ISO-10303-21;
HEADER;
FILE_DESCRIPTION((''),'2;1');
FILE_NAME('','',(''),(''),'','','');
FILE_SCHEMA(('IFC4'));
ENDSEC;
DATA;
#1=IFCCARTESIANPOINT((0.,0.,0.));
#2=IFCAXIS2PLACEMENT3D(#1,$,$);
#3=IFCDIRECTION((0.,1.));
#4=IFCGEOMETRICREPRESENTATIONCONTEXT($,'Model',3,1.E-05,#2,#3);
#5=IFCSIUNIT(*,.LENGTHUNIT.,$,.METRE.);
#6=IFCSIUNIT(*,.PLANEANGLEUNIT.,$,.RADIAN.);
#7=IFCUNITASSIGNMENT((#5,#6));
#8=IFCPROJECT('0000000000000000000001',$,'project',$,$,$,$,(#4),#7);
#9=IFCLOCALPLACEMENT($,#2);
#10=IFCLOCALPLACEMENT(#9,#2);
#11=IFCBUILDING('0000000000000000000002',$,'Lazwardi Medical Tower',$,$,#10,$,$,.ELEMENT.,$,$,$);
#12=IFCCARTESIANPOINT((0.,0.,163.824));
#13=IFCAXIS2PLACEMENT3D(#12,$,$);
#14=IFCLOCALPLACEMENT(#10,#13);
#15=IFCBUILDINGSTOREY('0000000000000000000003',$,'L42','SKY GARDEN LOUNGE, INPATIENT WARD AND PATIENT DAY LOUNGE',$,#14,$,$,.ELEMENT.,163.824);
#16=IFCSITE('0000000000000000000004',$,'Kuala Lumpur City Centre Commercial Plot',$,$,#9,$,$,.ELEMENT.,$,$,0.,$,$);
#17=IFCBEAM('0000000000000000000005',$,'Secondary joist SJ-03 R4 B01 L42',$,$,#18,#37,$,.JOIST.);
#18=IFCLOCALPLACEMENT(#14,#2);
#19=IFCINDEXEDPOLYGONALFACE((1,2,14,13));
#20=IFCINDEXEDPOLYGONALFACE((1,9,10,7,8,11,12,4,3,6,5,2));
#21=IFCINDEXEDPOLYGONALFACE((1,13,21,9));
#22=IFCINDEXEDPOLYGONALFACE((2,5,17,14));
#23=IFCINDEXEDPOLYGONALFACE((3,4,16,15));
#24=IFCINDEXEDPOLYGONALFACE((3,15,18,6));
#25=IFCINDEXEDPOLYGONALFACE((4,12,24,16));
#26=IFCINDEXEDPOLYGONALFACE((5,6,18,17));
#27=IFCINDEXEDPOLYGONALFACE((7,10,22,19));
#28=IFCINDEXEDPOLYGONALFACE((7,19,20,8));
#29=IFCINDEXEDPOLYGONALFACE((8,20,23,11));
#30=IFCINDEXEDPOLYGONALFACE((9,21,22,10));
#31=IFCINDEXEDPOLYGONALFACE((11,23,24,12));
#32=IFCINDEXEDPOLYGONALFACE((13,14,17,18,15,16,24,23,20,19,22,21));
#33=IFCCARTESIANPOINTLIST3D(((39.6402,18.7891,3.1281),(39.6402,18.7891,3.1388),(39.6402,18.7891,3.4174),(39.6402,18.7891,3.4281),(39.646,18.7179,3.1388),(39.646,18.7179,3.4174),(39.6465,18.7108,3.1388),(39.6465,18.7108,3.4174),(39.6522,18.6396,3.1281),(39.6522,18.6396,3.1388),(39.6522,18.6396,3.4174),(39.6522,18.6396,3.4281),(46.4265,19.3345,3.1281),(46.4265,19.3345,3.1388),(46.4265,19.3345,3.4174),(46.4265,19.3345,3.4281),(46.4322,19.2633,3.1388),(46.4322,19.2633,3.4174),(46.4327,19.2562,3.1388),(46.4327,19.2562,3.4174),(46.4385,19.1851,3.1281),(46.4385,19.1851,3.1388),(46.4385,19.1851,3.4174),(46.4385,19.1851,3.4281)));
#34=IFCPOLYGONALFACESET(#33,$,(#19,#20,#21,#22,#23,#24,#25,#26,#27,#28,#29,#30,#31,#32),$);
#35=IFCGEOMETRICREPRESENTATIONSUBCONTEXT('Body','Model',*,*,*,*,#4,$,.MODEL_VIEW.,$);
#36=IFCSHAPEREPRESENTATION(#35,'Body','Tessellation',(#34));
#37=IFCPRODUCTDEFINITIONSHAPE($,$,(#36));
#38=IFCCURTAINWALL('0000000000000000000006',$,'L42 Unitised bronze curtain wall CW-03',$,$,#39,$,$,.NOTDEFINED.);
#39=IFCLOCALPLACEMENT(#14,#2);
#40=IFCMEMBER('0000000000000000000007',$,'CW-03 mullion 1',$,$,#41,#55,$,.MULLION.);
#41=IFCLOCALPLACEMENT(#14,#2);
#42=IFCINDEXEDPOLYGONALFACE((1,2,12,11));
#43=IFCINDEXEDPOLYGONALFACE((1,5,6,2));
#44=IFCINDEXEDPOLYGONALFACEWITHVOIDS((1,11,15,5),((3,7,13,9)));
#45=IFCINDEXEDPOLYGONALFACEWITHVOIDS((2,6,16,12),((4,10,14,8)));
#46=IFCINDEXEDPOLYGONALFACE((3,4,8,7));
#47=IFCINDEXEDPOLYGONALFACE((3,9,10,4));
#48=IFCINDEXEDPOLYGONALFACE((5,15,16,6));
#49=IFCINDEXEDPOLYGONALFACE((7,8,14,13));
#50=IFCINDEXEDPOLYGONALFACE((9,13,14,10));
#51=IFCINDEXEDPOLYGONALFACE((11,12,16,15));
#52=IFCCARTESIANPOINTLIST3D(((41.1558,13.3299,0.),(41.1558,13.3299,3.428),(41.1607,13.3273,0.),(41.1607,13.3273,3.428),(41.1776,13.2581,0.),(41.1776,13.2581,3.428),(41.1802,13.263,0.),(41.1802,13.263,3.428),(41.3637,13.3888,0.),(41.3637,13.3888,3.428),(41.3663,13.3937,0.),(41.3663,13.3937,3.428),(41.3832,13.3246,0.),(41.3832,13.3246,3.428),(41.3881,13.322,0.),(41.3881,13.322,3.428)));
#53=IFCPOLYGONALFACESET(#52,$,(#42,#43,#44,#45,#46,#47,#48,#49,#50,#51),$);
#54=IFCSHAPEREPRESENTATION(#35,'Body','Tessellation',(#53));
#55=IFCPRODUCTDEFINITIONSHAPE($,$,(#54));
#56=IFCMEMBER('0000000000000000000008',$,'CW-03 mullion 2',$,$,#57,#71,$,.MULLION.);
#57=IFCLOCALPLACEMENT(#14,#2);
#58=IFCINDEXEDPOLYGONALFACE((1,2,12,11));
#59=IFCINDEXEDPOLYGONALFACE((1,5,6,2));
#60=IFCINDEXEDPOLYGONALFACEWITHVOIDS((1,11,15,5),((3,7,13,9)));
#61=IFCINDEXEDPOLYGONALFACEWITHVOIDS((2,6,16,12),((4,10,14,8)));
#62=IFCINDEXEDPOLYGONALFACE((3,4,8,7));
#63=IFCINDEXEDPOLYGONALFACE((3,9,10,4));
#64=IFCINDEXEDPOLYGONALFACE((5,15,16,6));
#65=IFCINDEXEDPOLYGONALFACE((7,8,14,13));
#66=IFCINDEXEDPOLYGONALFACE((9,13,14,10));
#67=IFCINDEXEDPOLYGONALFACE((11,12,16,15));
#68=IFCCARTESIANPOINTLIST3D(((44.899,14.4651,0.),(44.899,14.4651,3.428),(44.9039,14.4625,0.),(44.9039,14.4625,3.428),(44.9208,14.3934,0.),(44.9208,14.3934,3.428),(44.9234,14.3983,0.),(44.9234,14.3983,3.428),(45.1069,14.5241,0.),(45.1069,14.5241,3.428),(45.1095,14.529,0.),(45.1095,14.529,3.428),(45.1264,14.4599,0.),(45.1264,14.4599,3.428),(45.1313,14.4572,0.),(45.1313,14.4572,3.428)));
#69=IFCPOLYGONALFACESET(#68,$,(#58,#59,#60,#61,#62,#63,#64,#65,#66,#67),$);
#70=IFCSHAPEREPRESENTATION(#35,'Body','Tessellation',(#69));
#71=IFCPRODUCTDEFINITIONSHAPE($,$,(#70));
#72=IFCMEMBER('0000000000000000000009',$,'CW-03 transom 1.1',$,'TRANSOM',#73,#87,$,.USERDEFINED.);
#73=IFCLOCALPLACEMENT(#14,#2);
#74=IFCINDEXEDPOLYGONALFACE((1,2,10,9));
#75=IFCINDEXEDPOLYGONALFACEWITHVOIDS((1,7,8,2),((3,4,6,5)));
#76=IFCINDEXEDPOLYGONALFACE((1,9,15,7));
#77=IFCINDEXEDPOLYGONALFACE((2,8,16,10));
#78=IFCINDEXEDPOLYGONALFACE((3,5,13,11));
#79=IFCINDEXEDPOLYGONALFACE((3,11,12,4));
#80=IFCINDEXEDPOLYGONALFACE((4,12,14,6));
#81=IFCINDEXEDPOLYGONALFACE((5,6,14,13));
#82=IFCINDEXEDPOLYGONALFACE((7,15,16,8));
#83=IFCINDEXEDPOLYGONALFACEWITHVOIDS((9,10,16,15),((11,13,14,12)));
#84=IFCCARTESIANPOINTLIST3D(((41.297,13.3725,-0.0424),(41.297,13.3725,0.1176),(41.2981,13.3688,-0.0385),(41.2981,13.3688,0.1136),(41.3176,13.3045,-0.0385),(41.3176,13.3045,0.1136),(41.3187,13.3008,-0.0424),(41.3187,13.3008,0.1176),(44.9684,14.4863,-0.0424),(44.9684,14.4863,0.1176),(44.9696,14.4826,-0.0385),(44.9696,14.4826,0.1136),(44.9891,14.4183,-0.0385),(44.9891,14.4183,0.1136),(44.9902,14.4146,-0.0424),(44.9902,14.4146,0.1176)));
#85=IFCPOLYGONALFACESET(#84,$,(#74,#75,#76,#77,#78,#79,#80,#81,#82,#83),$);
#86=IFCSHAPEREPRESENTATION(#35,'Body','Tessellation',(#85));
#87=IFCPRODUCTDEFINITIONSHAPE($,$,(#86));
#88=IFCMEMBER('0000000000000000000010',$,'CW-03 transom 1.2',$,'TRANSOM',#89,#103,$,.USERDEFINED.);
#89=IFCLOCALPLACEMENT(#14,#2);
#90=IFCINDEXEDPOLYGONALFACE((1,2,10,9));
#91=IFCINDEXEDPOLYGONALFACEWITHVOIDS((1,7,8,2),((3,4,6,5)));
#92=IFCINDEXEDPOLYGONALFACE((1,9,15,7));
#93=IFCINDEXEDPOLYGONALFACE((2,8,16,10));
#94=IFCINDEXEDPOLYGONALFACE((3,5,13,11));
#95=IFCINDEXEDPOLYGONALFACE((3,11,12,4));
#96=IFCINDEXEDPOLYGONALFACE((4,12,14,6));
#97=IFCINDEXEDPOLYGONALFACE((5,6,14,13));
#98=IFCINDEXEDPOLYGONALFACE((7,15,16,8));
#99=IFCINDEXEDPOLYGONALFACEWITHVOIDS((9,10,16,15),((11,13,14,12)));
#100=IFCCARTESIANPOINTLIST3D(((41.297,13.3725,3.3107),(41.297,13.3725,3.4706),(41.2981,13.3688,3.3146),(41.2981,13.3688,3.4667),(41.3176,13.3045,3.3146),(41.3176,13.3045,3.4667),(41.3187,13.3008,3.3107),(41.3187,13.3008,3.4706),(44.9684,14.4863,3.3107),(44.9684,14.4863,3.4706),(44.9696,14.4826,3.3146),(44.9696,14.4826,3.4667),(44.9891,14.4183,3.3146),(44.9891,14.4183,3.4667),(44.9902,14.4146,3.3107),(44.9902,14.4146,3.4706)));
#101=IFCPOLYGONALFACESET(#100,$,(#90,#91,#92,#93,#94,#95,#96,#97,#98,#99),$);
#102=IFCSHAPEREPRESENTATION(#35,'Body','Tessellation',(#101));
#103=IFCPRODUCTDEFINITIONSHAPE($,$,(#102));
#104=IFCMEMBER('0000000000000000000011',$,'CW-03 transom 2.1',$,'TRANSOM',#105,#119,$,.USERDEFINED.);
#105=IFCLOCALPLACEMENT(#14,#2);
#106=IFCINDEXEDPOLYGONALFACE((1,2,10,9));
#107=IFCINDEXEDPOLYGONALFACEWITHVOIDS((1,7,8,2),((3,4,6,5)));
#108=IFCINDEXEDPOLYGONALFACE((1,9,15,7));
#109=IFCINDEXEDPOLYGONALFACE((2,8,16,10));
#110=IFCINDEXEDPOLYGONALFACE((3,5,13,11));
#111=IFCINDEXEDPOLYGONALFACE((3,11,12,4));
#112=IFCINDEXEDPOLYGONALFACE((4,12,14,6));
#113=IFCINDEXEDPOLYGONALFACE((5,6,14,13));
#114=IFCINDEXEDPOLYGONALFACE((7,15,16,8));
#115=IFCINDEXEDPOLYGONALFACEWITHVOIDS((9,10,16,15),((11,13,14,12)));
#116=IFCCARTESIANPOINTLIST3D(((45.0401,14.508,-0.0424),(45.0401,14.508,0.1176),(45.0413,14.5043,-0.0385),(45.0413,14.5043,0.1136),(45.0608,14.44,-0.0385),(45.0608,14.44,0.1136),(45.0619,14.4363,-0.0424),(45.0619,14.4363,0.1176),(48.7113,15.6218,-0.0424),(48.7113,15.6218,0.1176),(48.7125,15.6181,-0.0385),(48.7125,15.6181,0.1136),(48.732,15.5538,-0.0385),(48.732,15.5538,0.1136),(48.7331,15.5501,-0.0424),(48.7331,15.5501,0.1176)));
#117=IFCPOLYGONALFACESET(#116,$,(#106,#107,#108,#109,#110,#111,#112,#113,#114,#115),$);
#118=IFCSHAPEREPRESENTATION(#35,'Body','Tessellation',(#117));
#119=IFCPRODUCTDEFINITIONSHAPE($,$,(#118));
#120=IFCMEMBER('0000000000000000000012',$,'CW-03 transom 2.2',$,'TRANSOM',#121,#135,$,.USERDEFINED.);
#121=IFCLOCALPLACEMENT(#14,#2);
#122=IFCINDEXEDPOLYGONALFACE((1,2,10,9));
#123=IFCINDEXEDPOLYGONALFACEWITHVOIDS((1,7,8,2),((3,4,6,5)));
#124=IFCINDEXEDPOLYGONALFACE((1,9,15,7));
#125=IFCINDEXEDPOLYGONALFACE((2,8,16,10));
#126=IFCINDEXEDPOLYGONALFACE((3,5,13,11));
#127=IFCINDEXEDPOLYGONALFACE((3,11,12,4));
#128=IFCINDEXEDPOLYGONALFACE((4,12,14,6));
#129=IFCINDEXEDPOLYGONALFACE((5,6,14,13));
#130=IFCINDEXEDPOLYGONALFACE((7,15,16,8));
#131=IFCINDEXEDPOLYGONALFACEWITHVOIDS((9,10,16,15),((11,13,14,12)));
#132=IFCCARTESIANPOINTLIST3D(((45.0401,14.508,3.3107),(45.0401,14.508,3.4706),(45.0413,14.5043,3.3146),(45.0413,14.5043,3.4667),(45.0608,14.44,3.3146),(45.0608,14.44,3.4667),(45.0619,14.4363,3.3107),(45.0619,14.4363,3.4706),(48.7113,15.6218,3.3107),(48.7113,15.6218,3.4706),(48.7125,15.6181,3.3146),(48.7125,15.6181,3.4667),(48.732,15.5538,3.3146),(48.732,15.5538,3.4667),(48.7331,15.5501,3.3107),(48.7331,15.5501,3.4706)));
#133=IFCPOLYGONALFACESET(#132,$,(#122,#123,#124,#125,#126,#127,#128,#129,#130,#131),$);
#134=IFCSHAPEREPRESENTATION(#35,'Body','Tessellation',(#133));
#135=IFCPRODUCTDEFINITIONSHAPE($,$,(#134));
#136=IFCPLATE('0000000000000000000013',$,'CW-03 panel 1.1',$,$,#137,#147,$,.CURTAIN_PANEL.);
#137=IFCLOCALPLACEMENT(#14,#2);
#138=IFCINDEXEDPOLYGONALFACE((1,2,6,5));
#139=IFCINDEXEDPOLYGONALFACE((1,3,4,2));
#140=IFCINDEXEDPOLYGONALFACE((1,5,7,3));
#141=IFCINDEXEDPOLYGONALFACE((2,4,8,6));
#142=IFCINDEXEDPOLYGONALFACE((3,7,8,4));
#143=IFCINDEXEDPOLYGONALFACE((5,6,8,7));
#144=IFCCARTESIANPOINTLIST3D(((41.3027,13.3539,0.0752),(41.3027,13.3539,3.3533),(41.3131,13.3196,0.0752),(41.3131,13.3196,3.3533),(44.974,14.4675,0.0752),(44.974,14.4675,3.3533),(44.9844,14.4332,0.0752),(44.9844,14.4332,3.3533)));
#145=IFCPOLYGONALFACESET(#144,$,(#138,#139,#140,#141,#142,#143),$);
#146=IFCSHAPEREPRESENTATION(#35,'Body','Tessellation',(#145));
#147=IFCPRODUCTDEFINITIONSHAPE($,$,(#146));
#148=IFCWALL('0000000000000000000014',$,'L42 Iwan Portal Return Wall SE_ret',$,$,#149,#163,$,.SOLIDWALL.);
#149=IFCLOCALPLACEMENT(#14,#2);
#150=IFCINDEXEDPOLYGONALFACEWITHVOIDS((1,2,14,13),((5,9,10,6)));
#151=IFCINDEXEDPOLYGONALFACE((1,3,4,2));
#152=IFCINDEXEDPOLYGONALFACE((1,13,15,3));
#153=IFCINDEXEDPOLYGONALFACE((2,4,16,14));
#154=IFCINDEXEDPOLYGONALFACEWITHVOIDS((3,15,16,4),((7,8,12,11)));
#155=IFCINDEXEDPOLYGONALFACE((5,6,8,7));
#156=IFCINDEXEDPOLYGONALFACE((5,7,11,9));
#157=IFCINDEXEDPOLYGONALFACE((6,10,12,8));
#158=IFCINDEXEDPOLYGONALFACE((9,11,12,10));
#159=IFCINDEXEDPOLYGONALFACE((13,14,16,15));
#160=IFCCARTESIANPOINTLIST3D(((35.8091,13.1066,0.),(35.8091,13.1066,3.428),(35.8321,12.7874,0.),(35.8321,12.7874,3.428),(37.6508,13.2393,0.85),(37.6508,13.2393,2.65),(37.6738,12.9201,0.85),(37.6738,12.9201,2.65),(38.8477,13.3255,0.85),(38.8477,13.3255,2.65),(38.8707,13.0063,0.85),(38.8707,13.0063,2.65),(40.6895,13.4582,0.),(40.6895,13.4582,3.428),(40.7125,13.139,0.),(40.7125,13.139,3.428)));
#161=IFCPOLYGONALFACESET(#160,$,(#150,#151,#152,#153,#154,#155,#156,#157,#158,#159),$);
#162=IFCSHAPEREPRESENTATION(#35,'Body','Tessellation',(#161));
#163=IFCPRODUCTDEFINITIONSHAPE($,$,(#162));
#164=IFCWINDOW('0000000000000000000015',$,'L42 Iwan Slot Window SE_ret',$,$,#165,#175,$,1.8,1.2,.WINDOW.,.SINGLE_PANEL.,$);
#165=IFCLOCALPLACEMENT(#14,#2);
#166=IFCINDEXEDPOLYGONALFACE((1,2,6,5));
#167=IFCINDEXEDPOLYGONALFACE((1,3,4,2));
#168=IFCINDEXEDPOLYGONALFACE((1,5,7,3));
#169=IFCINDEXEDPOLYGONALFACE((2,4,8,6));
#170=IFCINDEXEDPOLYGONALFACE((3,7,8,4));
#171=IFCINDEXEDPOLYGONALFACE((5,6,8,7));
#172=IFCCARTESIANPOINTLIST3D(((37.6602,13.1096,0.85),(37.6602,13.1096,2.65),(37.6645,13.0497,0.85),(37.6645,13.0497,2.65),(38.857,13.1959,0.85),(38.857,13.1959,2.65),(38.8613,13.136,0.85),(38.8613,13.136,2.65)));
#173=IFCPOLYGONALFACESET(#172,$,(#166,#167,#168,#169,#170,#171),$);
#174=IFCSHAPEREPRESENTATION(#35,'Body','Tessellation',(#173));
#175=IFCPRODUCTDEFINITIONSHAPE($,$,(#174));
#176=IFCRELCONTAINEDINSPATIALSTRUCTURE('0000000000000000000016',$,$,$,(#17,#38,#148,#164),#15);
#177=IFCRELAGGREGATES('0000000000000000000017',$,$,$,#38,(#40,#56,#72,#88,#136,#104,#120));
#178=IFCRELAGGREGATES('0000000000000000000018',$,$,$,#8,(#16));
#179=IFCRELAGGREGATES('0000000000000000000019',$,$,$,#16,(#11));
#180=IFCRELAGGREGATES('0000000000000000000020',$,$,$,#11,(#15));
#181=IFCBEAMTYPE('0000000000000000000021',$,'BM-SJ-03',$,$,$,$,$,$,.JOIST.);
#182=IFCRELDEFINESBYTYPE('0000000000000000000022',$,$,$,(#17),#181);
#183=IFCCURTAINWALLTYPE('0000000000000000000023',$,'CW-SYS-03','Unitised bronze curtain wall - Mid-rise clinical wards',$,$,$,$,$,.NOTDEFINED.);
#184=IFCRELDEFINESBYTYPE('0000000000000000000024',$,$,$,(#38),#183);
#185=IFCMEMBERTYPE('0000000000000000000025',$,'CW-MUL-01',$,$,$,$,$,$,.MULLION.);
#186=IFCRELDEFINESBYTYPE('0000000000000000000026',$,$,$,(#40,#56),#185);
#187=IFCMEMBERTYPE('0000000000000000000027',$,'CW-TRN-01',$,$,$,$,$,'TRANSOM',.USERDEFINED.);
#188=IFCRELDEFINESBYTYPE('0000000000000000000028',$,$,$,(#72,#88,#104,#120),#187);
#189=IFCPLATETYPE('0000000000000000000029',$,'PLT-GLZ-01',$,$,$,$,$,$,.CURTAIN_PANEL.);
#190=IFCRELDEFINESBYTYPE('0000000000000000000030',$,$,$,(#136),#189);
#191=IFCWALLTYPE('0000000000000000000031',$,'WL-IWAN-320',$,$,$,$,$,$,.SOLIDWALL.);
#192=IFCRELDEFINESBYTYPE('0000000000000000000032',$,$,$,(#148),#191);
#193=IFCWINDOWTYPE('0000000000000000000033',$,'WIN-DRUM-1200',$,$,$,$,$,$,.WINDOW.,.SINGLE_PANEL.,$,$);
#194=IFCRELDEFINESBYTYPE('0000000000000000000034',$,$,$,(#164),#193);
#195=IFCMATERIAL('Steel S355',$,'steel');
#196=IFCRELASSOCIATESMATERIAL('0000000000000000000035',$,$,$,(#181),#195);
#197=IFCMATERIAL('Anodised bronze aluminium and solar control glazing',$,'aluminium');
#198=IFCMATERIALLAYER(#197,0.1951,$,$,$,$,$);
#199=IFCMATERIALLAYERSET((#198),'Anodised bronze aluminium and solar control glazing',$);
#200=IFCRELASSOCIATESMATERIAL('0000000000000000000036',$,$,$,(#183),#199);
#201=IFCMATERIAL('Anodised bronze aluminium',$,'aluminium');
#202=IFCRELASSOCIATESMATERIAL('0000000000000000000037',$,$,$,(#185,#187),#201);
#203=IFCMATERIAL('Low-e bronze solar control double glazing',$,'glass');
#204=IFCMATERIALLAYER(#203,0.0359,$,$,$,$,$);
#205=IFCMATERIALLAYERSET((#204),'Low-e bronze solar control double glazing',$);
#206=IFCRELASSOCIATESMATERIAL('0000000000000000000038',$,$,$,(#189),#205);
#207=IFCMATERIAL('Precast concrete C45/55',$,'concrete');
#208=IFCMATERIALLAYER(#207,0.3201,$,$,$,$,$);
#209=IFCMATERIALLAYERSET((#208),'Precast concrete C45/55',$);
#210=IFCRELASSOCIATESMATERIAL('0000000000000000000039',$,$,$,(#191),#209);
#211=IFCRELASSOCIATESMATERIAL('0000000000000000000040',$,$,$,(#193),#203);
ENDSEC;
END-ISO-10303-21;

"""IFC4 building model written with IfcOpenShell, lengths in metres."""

from ifc_helpers import new_model, si_unit, direction, frame, frame_2d, origin, origin_2d, place, context, subcontext, project, spatial, rectangle, hollow_rectangle, i_section, extrude, material, layer, layer_set, material_profile, profile_set, type_object, element, fill, aggregate, save


model = new_model("IFC4")

# Units and contexts
model_context = context("Model", 3, precision=1e-05, world=origin(), true_north=direction((0.0, 1.0)))
body_context = subcontext(model_context, "Body", "Model", "MODEL_VIEW")
ifc_project = project(units=[si_unit("LENGTHUNIT", "METRE"), si_unit("PLANEANGLEUNIT", "RADIAN")], contexts=[model_context])

# Site, building, storey
site_placement = place(None, origin())
site = spatial("IfcSite", under=ifc_project, at=site_placement, Name="Kuala Lumpur City Centre Commercial Plot", CompositionType="ELEMENT", RefElevation=0.0)
building_placement = place(site_placement, origin())
building = spatial("IfcBuilding", under=site, at=building_placement, Name="Lazwardi Medical Tower", CompositionType="ELEMENT")
storey_placement = place(building_placement, frame((0.0, 0.0, 163.824)))
storey = spatial("IfcBuildingStorey", under=building, at=storey_placement, Name="L42", Description="SKY GARDEN LOUNGE, INPATIENT WARD AND PATIENT DAY LOUNGE", CompositionType="ELEMENT", Elevation=163.824)

# Beam
ifc_material_1 = material(Name="Steel S355", Category="steel")
ifc_material_profile_1 = material_profile(ifc_material_1, i_section(OverallWidth=0.1499, OverallDepth=0.3, WebThickness=0.0071, FlangeThickness=0.0107, at=origin_2d()), Name="IPE 300")
ifc_profile_set_1 = profile_set([ifc_material_profile_1], Name="Steel S355")
beam_type_1 = type_object("IfcBeamType", Name="BM-SJ-03", PredefinedType="JOIST", material=ifc_profile_set_1)
beam_1_placement = place(storey_placement, frame((39.6462, 18.7144, 3.2781), z_axis=(0.996786, 0.080113, 0.0), x_axis=(-0.080113, 0.996786, 0.0)))
element("IfcBeam", 1, at=beam_1_placement, inside=storey, type_object=beam_type_1, Name="Secondary joist SJ-03 R4 B01 L42", PredefinedType="JOIST", context=body_context, shape_type="SweptSolid", body=[
    extrude(i_section(OverallWidth=0.1499, OverallDepth=0.3, WebThickness=0.0071, FlangeThickness=0.0107, at=origin_2d()), origin(), (0.0, 0.0, 1.0), 6.8081),
])

# Curtain wall, members, plate
ifc_material_2 = material(Name="Anodised bronze aluminium and solar control glazing", Category="aluminium")
ifc_layer_1 = layer(ifc_material_2, 0.1951)
ifc_layer_set_1 = layer_set([ifc_layer_1], Name="Anodised bronze aluminium and solar control glazing")
curtain_wall_type = type_object("IfcCurtainWallType", Name="CW-SYS-03", Description="Unitised bronze curtain wall - Mid-rise clinical wards", PredefinedType="NOTDEFINED", material=ifc_layer_set_1)
curtain_wall_placement = place(storey_placement, origin())
curtain_wall = element("IfcCurtainWall", 2, at=curtain_wall_placement, inside=storey, type_object=curtain_wall_type, Name="L42 Unitised bronze curtain wall CW-03", PredefinedType="NOTDEFINED")
ifc_material_3 = material(Name="Anodised bronze aluminium", Category="aluminium")
ifc_material_profile_2 = material_profile(ifc_material_3, hollow_rectangle(XDim=0.075, YDim=0.22, WallThickness=0.0039, at=origin_2d()), Name="ALU-MULLION 220x75x4")
ifc_profile_set_2 = profile_set([ifc_material_profile_2], Name="Anodised bronze aluminium")
member_type_1 = type_object("IfcMemberType", Name="CW-MUL-01", PredefinedType="MULLION", material=ifc_profile_set_2)
member_1_placement = place(storey_placement, frame((41.272, 13.3259, 0.0), z_axis=(0.0, 0.0, 1.0), x_axis=(-0.290281, 0.956942, 0.0)))
member_1 = element("IfcMember", 3, at=member_1_placement, type_object=member_type_1, Name="CW-03 mullion 1", PredefinedType="MULLION", context=body_context, shape_type="SweptSolid", body=[
    extrude(hollow_rectangle(XDim=0.075, YDim=0.22, WallThickness=0.0039, at=origin_2d()), origin(), (0.0, 0.0, 1.0), 3.428),
])
member_2_placement = place(storey_placement, frame((45.0151, 14.4612, 0.0), z_axis=(0.0, 0.0, 1.0), x_axis=(-0.290281, 0.956942, 0.0)))
member_2 = element("IfcMember", 4, at=member_2_placement, type_object=member_type_1, Name="CW-03 mullion 2", PredefinedType="MULLION", context=body_context, shape_type="SweptSolid", body=[
    extrude(hollow_rectangle(XDim=0.075, YDim=0.22, WallThickness=0.0039, at=origin_2d()), origin(), (0.0, 0.0, 1.0), 3.428),
])
ifc_material_profile_3 = material_profile(ifc_material_3, hollow_rectangle(XDim=0.075, YDim=0.1599, WallThickness=0.0039, at=origin_2d()), Name="ALU-TRANSOM 160x75x4")
ifc_profile_set_3 = profile_set([ifc_material_profile_3], Name="Anodised bronze aluminium")
member_type_2 = type_object("IfcMemberType", Name="CW-TRN-01", ElementType="TRANSOM", PredefinedType="USERDEFINED", material=ifc_profile_set_3)
member_3_placement = place(storey_placement, frame((41.3079, 13.3367, 0.0376), z_axis=(0.956936, 0.290301, 0.0), x_axis=(-0.290301, 0.956936, 0.0)))
member_3 = element("IfcMember", 5, at=member_3_placement, type_object=member_type_2, Name="CW-03 transom 1.1", ObjectType="TRANSOM", PredefinedType="USERDEFINED", context=body_context, shape_type="SweptSolid", body=[
    extrude(hollow_rectangle(XDim=0.075, YDim=0.1599, WallThickness=0.0039, at=origin_2d()), origin(), (0.0, 0.0, 1.0), 3.8367),
])
member_4_placement = place(storey_placement, frame((41.3079, 13.3367, 3.3906), z_axis=(0.956936, 0.290301, 0.0), x_axis=(-0.290301, 0.956936, 0.0)))
member_4 = element("IfcMember", 6, at=member_4_placement, type_object=member_type_2, Name="CW-03 transom 1.2", ObjectType="TRANSOM", PredefinedType="USERDEFINED", context=body_context, shape_type="SweptSolid", body=[
    extrude(hollow_rectangle(XDim=0.075, YDim=0.1599, WallThickness=0.0039, at=origin_2d()), origin(), (0.0, 0.0, 1.0), 3.8367),
])
member_5_placement = place(storey_placement, frame((45.051, 14.4722, 0.0376), z_axis=(0.95693, 0.290318, 0.0), x_axis=(-0.290318, 0.95693, 0.0)))
member_5 = element("IfcMember", 7, at=member_5_placement, type_object=member_type_2, Name="CW-03 transom 2.1", ObjectType="TRANSOM", PredefinedType="USERDEFINED", context=body_context, shape_type="SweptSolid", body=[
    extrude(hollow_rectangle(XDim=0.075, YDim=0.1599, WallThickness=0.0039, at=origin_2d()), origin(), (0.0, 0.0, 1.0), 3.8364),
])
member_6_placement = place(storey_placement, frame((45.051, 14.4722, 3.3906), z_axis=(0.95693, 0.290318, 0.0), x_axis=(-0.290318, 0.95693, 0.0)))
member_6 = element("IfcMember", 8, at=member_6_placement, type_object=member_type_2, Name="CW-03 transom 2.2", ObjectType="TRANSOM", PredefinedType="USERDEFINED", context=body_context, shape_type="SweptSolid", body=[
    extrude(hollow_rectangle(XDim=0.075, YDim=0.1599, WallThickness=0.0039, at=origin_2d()), origin(), (0.0, 0.0, 1.0), 3.8364),
])
ifc_material_4 = material(Name="Low-e bronze solar control double glazing", Category="glass")
ifc_layer_2 = layer(ifc_material_4, 0.0359)
ifc_layer_set_2 = layer_set([ifc_layer_2], Name="Low-e bronze solar control double glazing")
plate_type = type_object("IfcPlateType", Name="PLT-GLZ-01", PredefinedType="CURTAIN_PANEL", material=ifc_layer_set_2)
plate_placement = place(storey_placement, frame((43.1436, 13.8936, 0.0752), z_axis=(0.0, 0.0, 1.0), x_axis=(0.956942, 0.290281, 0.0)))
plate = element("IfcPlate", 9, at=plate_placement, type_object=plate_type, Name="CW-03 panel 1.1", PredefinedType="CURTAIN_PANEL", context=body_context, shape_type="SweptSolid", body=[
    extrude(rectangle(XDim=3.8364, YDim=0.0359, at=origin_2d()), origin(), (0.0, 0.0, 1.0), 3.2781),
])
aggregate(curtain_wall, [member_1, member_2, member_3, member_4, plate, member_5, member_6])

# Wall, opening, window
ifc_material_5 = material(Name="Precast concrete C45/55", Category="concrete")
ifc_layer_3 = layer(ifc_material_5, 0.3201)
ifc_layer_set_3 = layer_set([ifc_layer_3], Name="Precast concrete C45/55")
wall_type_1 = type_object("IfcWallType", Name="WL-IWAN-320", PredefinedType="SOLIDWALL", material=ifc_layer_set_3)
wall_1_placement = place(storey_placement, frame((35.8206, 12.947, 0.0), z_axis=(0.0, 0.0, 1.0), x_axis=(0.997415, 0.07185, 0.0)))
wall_1 = element("IfcWall", 10, at=wall_1_placement, inside=storey, type_object=wall_type_1, Name="L42 Iwan Portal Return Wall SE_ret", PredefinedType="SOLIDWALL", context=body_context, shape_type="SweptSolid", body=[
    extrude(rectangle(XDim=4.8931, YDim=0.3201, at=frame_2d((2.4465, 0.0))), origin(), (0.0, 0.0, 1.0), 3.428),
])
opening_1_placement = place(wall_1_placement, frame((1.8464, 0.0, 0.8501)))
opening_1 = element("IfcOpeningElement", 11, at=opening_1_placement, cuts=wall_1, PredefinedType="OPENING", context=body_context, shape_type="SweptSolid", body=[
    extrude(rectangle(XDim=1.2, YDim=1.8, at=frame_2d((0.6001, 0.8999))), frame((0.0, 0.1699, 0.0), z_axis=(0.0, -1.0, 0.0), x_axis=(1.0, 0.0, 0.0)), (0.0, 0.0, 1.0), 0.3401),
])
window_type_1 = type_object("IfcWindowType", Name="WIN-DRUM-1200", PartitioningType="SINGLE_PANEL", PredefinedType="WINDOW", material=ifc_material_4)
window_1_placement = place(opening_1_placement, origin())
window_1 = element("IfcWindow", 12, at=window_1_placement, inside=storey, type_object=window_type_1, Name="L42 Iwan Slot Window SE_ret", OverallHeight=1.8, OverallWidth=1.2, PartitioningType="SINGLE_PANEL", PredefinedType="WINDOW", context=body_context, shape_type="SweptSolid", body=[
    extrude(rectangle(XDim=1.2, YDim=1.8, at=frame_2d((0.6001, 0.8999))), frame((0.0, 0.03, 0.0), z_axis=(0.0, -1.0, 0.0), x_axis=(1.0, 0.0, 0.0)), (0.0, 0.0, 1.0), 0.0601),
])
fill(opening_1, window_1)

save(model, "model.ifc")
